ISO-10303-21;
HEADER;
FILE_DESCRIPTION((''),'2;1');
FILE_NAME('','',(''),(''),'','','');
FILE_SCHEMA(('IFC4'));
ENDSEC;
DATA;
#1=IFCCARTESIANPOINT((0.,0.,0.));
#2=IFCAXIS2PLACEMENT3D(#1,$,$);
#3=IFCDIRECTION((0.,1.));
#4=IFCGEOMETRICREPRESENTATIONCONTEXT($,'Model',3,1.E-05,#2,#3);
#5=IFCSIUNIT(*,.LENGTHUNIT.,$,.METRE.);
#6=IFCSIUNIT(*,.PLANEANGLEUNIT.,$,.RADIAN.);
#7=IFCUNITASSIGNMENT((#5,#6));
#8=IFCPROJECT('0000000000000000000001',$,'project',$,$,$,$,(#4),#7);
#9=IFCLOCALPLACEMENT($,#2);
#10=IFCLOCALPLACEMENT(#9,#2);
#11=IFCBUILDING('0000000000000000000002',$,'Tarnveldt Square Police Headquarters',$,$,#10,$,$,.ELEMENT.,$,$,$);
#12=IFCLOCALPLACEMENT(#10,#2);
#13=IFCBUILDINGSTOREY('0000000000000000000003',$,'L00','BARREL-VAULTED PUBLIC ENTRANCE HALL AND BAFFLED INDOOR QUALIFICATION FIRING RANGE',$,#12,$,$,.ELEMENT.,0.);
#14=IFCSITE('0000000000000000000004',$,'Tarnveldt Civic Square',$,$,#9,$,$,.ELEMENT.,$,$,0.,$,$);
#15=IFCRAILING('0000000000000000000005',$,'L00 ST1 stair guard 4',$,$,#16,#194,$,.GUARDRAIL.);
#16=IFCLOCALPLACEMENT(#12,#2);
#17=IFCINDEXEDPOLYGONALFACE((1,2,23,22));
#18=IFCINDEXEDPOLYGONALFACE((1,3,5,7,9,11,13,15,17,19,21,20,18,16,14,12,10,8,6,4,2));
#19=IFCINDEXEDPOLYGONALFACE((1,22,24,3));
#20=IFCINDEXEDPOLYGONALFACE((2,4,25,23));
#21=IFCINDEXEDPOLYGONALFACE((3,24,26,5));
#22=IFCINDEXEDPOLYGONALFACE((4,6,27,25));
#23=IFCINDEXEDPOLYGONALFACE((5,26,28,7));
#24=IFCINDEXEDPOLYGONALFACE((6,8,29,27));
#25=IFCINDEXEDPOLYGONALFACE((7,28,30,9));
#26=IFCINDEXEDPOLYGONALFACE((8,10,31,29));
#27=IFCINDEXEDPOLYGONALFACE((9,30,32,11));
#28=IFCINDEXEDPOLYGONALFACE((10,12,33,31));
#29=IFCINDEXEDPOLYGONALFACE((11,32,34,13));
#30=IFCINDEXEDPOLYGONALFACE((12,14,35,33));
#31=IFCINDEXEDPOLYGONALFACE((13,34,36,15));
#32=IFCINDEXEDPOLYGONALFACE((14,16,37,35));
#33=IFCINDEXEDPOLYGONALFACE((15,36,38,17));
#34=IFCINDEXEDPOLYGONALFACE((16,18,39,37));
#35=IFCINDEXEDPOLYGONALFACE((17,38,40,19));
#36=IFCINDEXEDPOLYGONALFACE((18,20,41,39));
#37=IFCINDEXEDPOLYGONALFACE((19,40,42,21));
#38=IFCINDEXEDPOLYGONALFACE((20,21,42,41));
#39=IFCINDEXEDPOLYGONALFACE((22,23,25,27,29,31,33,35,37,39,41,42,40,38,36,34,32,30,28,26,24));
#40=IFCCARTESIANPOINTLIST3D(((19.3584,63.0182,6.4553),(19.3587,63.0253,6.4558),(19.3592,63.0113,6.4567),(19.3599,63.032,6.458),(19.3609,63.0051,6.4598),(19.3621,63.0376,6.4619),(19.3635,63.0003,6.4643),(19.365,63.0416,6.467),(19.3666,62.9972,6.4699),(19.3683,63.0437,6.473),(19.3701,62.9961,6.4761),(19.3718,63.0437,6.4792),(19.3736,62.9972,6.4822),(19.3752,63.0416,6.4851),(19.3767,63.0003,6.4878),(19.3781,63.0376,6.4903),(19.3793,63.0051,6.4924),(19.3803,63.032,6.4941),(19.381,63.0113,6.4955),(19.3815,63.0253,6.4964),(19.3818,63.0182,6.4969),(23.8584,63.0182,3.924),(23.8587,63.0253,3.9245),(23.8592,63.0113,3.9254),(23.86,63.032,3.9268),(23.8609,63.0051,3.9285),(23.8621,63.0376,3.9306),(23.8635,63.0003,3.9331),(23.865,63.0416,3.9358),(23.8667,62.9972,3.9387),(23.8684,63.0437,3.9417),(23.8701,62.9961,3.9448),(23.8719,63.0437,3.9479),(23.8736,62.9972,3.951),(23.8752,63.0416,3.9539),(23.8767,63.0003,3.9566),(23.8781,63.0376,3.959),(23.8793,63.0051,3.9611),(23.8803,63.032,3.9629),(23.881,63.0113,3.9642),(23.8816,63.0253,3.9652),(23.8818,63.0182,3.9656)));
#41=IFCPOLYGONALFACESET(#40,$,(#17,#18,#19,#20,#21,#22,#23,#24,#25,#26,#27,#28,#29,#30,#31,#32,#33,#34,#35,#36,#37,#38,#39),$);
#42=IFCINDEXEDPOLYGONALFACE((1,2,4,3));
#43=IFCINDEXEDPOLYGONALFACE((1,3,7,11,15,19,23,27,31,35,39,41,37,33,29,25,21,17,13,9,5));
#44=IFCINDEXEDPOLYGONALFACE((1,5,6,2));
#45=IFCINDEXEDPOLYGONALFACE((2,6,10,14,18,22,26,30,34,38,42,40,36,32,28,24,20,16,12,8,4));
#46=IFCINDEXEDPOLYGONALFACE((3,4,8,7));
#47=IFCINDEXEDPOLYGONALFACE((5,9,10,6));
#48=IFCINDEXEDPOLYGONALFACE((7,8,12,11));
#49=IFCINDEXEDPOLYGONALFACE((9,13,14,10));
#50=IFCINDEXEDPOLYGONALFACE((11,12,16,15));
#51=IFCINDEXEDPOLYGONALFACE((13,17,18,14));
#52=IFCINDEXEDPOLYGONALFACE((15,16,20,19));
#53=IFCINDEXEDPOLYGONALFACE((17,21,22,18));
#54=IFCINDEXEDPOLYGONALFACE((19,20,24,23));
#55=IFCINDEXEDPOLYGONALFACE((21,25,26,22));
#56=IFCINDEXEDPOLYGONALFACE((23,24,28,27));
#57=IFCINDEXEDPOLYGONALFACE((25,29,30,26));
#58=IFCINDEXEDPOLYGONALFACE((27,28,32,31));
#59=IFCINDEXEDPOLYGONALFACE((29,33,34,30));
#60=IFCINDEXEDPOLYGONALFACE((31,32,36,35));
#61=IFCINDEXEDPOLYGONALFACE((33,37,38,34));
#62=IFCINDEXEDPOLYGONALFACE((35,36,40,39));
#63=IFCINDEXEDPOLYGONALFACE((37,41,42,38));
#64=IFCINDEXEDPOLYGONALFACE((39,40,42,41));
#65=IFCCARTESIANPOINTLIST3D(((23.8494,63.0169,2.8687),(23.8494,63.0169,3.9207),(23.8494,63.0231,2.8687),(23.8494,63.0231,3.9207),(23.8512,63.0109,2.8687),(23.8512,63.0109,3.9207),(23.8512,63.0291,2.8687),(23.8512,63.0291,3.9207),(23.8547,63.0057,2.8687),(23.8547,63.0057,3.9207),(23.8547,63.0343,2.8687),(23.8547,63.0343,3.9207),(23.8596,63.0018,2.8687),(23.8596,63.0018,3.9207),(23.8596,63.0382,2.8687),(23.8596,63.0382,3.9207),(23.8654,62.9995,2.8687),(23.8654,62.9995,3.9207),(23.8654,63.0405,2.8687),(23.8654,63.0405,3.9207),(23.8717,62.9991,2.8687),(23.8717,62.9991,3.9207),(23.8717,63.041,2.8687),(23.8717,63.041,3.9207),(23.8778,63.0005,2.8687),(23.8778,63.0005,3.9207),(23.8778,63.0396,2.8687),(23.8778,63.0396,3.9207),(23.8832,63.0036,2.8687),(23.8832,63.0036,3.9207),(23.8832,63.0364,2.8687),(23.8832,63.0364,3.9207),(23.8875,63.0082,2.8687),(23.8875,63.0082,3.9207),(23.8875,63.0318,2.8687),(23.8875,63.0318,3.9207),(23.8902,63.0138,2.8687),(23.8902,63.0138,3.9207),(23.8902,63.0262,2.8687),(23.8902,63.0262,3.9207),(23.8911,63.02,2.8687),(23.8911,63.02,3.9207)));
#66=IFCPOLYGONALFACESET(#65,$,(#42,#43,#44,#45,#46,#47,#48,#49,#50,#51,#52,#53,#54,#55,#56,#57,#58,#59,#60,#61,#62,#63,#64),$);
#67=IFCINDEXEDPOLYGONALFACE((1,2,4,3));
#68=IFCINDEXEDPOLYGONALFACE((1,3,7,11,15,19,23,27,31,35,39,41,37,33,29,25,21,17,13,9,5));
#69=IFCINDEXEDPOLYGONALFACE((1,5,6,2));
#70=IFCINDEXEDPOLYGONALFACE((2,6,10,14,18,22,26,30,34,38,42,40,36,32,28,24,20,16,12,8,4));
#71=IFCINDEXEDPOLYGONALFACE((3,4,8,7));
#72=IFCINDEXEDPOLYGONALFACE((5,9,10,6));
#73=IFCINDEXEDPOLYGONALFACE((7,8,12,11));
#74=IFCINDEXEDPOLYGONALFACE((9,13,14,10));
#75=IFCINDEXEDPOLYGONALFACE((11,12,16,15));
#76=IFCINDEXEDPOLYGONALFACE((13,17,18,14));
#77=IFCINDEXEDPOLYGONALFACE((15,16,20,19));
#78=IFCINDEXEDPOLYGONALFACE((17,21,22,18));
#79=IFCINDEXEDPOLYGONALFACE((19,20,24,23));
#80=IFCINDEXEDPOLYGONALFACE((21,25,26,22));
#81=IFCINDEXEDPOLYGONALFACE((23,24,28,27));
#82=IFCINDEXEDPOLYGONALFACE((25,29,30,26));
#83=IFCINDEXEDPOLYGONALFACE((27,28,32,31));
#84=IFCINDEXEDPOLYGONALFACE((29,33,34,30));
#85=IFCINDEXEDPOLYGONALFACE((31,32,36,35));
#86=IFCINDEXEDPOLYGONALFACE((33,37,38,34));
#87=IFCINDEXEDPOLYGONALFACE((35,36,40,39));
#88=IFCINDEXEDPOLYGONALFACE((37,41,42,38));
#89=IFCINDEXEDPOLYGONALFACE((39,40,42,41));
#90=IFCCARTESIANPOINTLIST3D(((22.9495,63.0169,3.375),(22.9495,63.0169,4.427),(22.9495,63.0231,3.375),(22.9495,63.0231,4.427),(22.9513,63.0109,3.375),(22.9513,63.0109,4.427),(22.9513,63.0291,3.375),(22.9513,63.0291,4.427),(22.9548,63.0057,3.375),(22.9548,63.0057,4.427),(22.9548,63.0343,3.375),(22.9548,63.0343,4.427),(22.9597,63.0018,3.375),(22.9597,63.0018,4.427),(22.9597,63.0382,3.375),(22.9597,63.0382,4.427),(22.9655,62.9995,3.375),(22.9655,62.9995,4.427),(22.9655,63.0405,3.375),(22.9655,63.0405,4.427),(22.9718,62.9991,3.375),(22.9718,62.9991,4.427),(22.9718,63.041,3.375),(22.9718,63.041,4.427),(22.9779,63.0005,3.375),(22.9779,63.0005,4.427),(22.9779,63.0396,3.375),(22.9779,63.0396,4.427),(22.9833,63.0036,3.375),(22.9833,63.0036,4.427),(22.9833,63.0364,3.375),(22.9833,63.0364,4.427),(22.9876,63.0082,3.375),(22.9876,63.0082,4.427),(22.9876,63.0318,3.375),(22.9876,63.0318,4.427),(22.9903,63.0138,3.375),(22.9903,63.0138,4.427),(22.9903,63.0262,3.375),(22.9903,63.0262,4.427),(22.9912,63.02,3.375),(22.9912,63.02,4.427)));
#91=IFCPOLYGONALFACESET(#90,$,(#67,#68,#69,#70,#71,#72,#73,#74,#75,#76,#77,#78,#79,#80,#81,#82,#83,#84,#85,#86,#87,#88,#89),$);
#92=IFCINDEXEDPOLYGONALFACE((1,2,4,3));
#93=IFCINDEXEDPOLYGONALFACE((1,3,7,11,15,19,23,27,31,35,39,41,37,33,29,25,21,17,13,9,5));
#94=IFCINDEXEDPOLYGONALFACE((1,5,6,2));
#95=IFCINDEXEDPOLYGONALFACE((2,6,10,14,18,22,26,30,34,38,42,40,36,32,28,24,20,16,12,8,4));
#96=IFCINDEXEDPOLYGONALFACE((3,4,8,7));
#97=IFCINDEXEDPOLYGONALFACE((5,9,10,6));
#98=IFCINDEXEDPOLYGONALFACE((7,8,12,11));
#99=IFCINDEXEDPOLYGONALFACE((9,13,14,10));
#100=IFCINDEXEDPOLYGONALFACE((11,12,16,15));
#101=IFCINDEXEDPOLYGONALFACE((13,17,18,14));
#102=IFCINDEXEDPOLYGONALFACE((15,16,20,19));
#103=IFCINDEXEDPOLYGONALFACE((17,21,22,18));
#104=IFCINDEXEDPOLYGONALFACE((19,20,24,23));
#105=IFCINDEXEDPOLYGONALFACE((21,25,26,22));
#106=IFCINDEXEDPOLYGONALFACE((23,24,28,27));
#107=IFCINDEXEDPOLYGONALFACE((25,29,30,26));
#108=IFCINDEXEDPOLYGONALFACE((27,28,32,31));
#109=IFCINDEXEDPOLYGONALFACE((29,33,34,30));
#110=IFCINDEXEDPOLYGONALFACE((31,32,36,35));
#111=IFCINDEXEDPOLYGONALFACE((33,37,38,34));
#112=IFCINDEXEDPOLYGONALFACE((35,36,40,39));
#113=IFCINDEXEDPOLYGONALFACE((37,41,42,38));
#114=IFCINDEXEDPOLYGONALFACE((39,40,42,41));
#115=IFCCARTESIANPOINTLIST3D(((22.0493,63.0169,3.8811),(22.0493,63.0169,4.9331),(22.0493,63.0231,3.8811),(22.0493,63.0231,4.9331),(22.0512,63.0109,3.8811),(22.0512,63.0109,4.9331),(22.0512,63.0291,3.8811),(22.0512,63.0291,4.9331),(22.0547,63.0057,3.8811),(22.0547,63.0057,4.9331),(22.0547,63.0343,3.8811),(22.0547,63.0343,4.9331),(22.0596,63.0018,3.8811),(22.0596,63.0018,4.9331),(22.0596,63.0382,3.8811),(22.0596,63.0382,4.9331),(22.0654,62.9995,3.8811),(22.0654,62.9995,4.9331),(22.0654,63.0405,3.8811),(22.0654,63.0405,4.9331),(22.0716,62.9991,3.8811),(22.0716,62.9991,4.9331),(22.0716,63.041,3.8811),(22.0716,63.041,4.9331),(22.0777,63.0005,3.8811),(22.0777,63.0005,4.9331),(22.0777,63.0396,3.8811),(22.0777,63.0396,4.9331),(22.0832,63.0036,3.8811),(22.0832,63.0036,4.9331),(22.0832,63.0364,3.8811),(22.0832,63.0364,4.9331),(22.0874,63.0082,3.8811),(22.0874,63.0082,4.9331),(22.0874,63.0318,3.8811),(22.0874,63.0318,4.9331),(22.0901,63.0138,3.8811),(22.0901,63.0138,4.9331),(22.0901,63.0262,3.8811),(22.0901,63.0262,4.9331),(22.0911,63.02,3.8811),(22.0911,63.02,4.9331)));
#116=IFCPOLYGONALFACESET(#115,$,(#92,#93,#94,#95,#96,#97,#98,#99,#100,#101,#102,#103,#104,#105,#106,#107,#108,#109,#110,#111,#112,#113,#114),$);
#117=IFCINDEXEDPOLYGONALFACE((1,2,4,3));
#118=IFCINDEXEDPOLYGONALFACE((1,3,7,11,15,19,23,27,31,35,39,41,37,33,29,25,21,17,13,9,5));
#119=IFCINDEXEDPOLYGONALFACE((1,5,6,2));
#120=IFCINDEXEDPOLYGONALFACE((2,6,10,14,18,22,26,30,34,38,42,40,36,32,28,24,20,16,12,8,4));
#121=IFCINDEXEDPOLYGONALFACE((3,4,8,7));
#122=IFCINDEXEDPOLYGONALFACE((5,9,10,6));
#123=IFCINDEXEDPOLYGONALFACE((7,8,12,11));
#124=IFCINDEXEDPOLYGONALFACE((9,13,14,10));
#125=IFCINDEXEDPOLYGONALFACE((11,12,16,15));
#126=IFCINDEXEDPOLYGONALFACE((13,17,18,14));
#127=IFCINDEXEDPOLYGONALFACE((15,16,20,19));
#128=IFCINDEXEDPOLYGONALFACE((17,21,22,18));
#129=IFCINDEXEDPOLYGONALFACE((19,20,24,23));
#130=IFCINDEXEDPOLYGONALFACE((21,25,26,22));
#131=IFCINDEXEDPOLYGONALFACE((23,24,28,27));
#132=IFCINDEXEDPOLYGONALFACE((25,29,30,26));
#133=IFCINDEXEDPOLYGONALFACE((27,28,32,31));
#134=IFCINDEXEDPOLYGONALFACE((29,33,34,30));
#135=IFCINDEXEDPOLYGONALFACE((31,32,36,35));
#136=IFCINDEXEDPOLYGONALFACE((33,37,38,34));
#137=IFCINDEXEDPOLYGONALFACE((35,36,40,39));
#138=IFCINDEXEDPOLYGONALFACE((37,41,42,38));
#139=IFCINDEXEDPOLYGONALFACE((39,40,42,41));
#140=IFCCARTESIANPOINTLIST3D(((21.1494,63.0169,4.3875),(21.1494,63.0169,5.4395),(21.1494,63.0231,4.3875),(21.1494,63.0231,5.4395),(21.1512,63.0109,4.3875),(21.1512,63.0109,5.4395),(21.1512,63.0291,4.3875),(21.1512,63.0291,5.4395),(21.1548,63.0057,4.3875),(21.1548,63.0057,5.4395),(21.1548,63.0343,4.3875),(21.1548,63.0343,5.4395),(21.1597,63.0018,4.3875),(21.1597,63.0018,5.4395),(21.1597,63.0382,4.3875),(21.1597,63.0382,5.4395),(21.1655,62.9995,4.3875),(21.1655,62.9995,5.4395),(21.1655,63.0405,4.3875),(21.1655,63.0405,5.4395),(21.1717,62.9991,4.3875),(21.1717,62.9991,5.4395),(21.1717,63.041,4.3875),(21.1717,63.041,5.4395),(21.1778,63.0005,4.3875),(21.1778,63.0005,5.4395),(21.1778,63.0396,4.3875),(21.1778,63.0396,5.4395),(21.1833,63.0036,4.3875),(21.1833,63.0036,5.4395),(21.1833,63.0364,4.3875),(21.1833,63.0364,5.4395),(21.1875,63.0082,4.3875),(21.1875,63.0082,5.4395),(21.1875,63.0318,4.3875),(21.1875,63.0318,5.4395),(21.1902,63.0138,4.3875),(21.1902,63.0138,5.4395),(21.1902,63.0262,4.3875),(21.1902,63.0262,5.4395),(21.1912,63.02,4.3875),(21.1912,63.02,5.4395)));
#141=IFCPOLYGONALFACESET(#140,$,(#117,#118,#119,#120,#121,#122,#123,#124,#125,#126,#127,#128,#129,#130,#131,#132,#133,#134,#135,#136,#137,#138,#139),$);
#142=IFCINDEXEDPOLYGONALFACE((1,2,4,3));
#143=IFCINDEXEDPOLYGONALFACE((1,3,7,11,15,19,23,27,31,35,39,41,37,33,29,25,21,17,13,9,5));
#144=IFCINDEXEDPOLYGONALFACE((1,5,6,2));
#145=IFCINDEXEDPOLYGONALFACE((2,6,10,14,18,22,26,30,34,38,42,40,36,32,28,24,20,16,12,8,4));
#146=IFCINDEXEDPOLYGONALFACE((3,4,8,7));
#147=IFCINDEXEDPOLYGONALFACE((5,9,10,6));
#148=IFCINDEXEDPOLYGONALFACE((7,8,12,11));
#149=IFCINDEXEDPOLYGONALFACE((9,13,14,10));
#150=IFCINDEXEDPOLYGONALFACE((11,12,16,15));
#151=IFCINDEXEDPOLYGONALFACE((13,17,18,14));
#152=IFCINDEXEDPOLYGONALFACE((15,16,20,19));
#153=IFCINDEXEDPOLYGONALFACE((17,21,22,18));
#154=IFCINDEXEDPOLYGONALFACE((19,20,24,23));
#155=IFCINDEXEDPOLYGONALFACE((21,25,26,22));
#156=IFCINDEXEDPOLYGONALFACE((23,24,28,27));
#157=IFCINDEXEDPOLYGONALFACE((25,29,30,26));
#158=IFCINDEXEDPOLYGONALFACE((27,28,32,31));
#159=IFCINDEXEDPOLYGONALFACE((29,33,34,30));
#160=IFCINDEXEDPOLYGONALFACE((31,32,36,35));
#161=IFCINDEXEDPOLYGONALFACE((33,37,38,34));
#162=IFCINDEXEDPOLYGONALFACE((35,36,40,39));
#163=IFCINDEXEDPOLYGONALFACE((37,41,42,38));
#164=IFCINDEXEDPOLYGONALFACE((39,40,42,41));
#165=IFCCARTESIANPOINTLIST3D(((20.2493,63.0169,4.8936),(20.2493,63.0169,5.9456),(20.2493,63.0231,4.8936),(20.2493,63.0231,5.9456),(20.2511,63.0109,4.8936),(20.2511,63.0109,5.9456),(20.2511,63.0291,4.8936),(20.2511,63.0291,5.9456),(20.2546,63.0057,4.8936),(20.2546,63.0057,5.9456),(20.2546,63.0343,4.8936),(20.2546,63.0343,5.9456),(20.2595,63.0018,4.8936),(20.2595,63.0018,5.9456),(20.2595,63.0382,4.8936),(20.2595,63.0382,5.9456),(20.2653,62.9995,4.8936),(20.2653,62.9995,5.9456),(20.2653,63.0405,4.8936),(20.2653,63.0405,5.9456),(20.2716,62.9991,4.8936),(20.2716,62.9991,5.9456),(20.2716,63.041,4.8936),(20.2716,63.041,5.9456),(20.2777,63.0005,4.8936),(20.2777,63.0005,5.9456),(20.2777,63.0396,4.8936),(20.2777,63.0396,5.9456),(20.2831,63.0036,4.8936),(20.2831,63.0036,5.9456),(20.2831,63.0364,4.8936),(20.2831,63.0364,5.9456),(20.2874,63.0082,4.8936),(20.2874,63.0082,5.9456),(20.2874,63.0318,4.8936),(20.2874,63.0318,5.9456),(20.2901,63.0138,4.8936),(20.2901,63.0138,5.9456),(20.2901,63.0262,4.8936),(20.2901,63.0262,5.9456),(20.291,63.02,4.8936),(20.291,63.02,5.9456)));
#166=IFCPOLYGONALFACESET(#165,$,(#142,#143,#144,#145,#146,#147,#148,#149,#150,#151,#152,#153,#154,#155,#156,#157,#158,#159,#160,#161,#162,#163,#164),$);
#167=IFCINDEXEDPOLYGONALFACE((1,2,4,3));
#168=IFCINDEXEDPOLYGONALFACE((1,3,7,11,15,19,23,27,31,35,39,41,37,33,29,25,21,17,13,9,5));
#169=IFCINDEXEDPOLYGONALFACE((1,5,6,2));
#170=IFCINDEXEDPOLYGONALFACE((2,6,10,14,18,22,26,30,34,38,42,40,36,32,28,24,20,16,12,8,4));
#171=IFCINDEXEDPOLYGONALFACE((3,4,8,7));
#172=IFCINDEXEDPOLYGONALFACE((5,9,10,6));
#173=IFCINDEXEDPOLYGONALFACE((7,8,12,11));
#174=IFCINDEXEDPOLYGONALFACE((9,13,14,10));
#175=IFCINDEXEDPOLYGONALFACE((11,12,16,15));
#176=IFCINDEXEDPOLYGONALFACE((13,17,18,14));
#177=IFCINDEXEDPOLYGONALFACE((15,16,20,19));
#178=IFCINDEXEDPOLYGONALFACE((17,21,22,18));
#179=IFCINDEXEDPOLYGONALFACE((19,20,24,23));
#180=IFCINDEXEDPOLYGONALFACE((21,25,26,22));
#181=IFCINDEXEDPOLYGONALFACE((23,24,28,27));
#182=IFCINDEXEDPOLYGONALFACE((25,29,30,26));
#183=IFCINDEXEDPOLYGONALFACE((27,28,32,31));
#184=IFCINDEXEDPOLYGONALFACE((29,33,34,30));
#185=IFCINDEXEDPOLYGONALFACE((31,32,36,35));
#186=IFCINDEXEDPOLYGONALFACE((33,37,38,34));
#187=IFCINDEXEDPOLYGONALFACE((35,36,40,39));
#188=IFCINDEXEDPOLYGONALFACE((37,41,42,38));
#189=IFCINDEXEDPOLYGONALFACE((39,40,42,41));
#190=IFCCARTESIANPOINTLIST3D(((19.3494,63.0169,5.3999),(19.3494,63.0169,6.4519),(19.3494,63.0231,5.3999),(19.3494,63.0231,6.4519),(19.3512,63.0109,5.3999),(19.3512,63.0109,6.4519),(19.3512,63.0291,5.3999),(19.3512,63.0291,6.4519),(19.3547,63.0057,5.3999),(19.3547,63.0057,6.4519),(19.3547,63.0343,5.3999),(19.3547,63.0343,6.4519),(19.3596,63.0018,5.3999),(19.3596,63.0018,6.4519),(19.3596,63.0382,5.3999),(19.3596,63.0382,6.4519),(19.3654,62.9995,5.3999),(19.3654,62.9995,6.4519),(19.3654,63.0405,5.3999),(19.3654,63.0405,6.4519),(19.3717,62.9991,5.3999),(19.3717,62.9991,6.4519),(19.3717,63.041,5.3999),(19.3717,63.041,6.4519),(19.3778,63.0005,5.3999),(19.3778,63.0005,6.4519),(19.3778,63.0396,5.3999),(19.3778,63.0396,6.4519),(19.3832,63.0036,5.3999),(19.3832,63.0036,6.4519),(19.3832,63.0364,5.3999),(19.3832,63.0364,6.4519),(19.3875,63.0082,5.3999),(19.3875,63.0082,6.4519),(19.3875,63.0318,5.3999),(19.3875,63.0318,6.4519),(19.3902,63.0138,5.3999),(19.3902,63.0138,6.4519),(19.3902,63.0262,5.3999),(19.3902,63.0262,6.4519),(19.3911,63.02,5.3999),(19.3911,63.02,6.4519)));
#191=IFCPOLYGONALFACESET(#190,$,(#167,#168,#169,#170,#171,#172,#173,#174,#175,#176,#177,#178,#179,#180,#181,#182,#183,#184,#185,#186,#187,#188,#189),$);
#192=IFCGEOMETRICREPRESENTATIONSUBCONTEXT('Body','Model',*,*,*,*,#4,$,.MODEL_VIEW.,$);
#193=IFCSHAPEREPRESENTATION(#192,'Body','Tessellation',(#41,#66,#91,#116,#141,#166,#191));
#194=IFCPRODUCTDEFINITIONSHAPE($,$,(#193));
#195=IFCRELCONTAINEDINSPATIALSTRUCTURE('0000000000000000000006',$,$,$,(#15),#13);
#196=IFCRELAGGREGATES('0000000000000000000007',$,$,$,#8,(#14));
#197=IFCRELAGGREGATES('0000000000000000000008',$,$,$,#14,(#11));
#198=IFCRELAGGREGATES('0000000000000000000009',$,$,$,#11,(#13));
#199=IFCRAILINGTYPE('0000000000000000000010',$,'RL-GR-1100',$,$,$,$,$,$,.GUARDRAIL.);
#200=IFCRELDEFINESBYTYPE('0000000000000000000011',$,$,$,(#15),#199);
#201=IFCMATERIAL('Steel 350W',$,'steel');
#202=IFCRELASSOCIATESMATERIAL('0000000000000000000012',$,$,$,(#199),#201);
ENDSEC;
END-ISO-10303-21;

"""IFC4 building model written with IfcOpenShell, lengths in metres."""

from ifc_helpers import new_model, si_unit, direction, frame, origin, origin_2d, place, context, subcontext, project, spatial, circle, extrude, material, type_object, element, save


model = new_model("IFC4")

# Units and contexts
model_context = context("Model", 3, precision=1e-05, world=origin(), true_north=direction((0.0, 1.0)))
body_context = subcontext(model_context, "Body", "Model", "MODEL_VIEW")
ifc_project = project(units=[si_unit("LENGTHUNIT", "METRE"), si_unit("PLANEANGLEUNIT", "RADIAN")], contexts=[model_context])

# Site, building, storey
site_placement = place(None, origin())
site = spatial("IfcSite", under=ifc_project, at=site_placement, Name="Tarnveldt Civic Square", CompositionType="ELEMENT", RefElevation=0.0)
building_placement = place(site_placement, origin())
building = spatial("IfcBuilding", under=site, at=building_placement, Name="Tarnveldt Square Police Headquarters", CompositionType="ELEMENT")
storey_placement = place(building_placement, origin())
storey = spatial("IfcBuildingStorey", under=building, at=storey_placement, Name="L00", Description="BARREL-VAULTED PUBLIC ENTRANCE HALL AND BAFFLED INDOOR QUALIFICATION FIRING RANGE", CompositionType="ELEMENT", Elevation=0.0)

# Shared definitions
ifc_material_1 = material(Name="Steel 350W", Category="steel")

# Railing
railing_type_1 = type_object("IfcRailingType", Name="RL-GR-1100", PredefinedType="GUARDRAIL", material=ifc_material_1)
railing_1_placement = place(storey_placement, frame((23.8701, 63.02, 2.8687)))
element("IfcRailing", 1, at=railing_1_placement, inside=storey, type_object=railing_type_1, Name="L00 ST1 stair guard 4", PredefinedType="GUARDRAIL", context=body_context, shape_type="SweptSolid", body=[
    extrude(circle(Radius=0.0239, at=origin_2d()), frame((0.0, 0.0, 1.0762), z_axis=(-0.871576, 0.0, 0.490261), x_axis=(0.0, -1.0, 0.0)), (0.0, 0.0, 1.0), 5.1631),
    extrude(circle(Radius=0.021, at=origin_2d()), origin(), (0.0, 0.0, 1.0), 1.052),
    extrude(circle(Radius=0.021, at=origin_2d()), frame((-0.8999, 0.0, 0.5063)), (0.0, 0.0, 1.0), 1.052),
    extrude(circle(Radius=0.021, at=origin_2d()), frame((-1.8, 0.0, 1.0125)), (0.0, 0.0, 1.0), 1.052),
    extrude(circle(Radius=0.021, at=origin_2d()), frame((-2.7, 0.0, 1.5188)), (0.0, 0.0, 1.0), 1.052),
    extrude(circle(Radius=0.021, at=origin_2d()), frame((-3.6001, 0.0, 2.0249)), (0.0, 0.0, 1.0), 1.052),
    extrude(circle(Radius=0.021, at=origin_2d()), frame((-4.5, 0.0, 2.5312)), (0.0, 0.0, 1.0), 1.052),
])

save(model, "model.ifc")
